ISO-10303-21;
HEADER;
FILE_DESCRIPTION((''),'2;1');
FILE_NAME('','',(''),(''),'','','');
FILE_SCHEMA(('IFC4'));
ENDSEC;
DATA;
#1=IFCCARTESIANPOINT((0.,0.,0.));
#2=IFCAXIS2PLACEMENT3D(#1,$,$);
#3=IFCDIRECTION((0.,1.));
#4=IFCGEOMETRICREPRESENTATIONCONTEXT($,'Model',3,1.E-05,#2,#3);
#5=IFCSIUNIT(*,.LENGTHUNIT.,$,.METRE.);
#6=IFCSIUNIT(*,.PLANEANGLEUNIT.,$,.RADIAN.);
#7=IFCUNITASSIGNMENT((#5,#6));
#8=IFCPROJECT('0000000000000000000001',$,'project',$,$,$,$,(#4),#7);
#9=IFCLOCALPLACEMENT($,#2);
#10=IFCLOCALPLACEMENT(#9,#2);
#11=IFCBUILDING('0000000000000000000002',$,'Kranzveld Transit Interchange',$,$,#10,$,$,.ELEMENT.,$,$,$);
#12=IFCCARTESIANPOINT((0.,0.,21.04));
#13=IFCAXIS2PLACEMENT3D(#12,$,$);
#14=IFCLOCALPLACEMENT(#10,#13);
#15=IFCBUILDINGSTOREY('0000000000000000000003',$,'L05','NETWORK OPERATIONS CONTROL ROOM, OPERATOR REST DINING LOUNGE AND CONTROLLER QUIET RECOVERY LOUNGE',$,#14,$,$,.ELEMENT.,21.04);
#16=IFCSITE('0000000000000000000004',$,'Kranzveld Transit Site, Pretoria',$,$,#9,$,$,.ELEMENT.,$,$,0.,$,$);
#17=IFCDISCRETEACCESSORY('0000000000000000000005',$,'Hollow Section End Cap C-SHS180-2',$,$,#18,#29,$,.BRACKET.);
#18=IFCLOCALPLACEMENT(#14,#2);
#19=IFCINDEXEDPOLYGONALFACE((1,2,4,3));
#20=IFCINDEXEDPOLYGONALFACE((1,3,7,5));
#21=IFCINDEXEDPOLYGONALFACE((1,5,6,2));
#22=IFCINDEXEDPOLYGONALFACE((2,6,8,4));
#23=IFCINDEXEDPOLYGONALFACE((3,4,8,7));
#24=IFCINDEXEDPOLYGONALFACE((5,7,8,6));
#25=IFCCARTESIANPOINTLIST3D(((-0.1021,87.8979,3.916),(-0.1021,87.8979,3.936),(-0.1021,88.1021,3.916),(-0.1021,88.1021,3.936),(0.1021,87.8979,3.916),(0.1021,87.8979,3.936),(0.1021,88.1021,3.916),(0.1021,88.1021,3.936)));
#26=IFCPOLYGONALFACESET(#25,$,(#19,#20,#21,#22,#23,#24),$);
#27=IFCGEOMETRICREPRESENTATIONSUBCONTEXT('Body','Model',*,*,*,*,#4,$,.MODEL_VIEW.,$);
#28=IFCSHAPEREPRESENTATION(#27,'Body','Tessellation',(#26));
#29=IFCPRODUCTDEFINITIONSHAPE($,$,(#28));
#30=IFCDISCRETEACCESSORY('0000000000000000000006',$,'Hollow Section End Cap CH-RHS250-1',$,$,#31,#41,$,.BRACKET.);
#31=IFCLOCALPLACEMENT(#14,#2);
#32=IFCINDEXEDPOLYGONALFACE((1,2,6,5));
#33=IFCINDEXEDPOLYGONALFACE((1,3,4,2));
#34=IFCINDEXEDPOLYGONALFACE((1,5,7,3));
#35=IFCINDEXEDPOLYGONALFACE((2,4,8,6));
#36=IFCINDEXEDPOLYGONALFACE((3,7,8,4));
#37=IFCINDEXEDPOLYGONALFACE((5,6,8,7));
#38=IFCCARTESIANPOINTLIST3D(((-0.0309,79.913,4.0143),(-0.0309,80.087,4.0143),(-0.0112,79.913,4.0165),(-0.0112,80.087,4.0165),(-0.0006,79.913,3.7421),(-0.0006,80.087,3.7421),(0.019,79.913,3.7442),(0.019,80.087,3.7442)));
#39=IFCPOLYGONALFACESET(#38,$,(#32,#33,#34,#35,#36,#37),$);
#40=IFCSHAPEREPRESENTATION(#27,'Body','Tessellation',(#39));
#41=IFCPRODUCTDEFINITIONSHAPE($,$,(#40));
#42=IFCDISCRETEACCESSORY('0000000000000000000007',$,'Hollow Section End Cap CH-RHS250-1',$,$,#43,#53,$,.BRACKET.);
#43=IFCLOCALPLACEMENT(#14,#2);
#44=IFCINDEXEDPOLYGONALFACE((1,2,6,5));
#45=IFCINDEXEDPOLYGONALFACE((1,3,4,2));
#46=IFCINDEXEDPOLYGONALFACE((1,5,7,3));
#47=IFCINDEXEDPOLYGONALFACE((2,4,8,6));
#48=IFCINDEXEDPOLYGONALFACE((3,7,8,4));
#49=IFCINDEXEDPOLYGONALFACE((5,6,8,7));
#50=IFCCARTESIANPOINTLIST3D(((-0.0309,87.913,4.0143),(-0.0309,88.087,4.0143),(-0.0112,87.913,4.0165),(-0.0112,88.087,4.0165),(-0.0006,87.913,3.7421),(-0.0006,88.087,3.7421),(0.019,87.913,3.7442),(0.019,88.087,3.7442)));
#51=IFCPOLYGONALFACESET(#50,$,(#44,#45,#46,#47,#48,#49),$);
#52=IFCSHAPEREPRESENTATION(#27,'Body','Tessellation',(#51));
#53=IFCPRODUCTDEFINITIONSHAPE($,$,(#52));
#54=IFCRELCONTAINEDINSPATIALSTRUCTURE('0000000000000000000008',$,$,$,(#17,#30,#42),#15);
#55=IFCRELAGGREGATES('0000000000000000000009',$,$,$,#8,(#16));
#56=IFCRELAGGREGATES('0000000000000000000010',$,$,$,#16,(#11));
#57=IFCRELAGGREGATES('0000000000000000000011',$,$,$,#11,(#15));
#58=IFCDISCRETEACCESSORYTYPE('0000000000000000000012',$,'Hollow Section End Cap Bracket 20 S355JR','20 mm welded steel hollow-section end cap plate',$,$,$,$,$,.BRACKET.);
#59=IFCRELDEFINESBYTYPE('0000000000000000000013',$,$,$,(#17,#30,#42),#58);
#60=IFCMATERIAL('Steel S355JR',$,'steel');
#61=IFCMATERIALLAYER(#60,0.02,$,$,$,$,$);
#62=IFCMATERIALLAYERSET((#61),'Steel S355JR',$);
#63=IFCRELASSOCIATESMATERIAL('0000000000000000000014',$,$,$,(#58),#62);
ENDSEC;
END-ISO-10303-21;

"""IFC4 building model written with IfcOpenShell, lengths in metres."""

from ifc_helpers import new_model, si_unit, direction, frame, origin, origin_2d, place, context, subcontext, project, spatial, rectangle, extrude, material, layer, layer_set, type_object, element, save


model = new_model("IFC4")

# Units and contexts
model_context = context("Model", 3, precision=1e-05, world=origin(), true_north=direction((0.0, 1.0)))
body_context = subcontext(model_context, "Body", "Model", "MODEL_VIEW")
ifc_project = project(units=[si_unit("LENGTHUNIT", "METRE"), si_unit("PLANEANGLEUNIT", "RADIAN")], contexts=[model_context])

# Site, building, storey
site_placement = place(None, origin())
site = spatial("IfcSite", under=ifc_project, at=site_placement, Name="Kranzveld Transit Site, Pretoria", CompositionType="ELEMENT", RefElevation=0.0)
building_placement = place(site_placement, origin())
building = spatial("IfcBuilding", under=site, at=building_placement, Name="Kranzveld Transit Interchange", CompositionType="ELEMENT")
storey_placement = place(building_placement, frame((0.0, 0.0, 21.04)))
storey = spatial("IfcBuildingStorey", under=building, at=storey_placement, Name="L05", Description="NETWORK OPERATIONS CONTROL ROOM, OPERATOR REST DINING LOUNGE AND CONTROLLER QUIET RECOVERY LOUNGE", CompositionType="ELEMENT", Elevation=21.04)

# Discrete accessories
ifc_material_1 = material(Name="Steel S355JR", Category="steel")
ifc_layer_1 = layer(ifc_material_1, 0.02)
ifc_layer_set_1 = layer_set([ifc_layer_1], Name="Steel S355JR")
discrete_accessory_type = type_object("IfcDiscreteAccessoryType", Name="Hollow Section End Cap Bracket 20 S355JR", Description="20 mm welded steel hollow-section end cap plate", PredefinedType="BRACKET", material=ifc_layer_set_1)
for number, where, z_axis, x_axis, name in (
    (1, (0.0, 88.0, 3.916), (0.0, 0.0, 1.0), (1.0, 0.0, 0.0), "Hollow Section End Cap C-SHS180-2"),
):
    element("IfcDiscreteAccessory", number, at=place(storey_placement, frame(where, z_axis=z_axis, x_axis=x_axis)), inside=storey, type_object=discrete_accessory_type, Name=name, PredefinedType="BRACKET", context=body_context, shape_type="SweptSolid", body=[
        extrude(rectangle(XDim=0.2041, YDim=0.2041, at=origin_2d()), origin(), (0.0, 0.0, 1.0), 0.02),
    ])
for number, where, z_axis, x_axis, name in (
    (2, (0.0039, 80.0, 3.8804), (-0.993884, 0.0, -0.110432), (0.0, -1.0, 0.0), "Hollow Section End Cap CH-RHS250-1"),
    (3, (0.0039, 88.0, 3.8804), (-0.993884, 0.0, -0.110432), (0.0, -1.0, 0.0), "Hollow Section End Cap CH-RHS250-1"),
):
    element("IfcDiscreteAccessory", number, at=place(storey_placement, frame(where, z_axis=z_axis, x_axis=x_axis)), inside=storey, type_object=discrete_accessory_type, Name=name, PredefinedType="BRACKET", context=body_context, shape_type="SweptSolid", body=[
        extrude(rectangle(XDim=0.1741, YDim=0.2739, at=origin_2d()), origin(), (0.0, 0.0, 1.0), 0.0198),
    ])

save(model, "model.ifc")
